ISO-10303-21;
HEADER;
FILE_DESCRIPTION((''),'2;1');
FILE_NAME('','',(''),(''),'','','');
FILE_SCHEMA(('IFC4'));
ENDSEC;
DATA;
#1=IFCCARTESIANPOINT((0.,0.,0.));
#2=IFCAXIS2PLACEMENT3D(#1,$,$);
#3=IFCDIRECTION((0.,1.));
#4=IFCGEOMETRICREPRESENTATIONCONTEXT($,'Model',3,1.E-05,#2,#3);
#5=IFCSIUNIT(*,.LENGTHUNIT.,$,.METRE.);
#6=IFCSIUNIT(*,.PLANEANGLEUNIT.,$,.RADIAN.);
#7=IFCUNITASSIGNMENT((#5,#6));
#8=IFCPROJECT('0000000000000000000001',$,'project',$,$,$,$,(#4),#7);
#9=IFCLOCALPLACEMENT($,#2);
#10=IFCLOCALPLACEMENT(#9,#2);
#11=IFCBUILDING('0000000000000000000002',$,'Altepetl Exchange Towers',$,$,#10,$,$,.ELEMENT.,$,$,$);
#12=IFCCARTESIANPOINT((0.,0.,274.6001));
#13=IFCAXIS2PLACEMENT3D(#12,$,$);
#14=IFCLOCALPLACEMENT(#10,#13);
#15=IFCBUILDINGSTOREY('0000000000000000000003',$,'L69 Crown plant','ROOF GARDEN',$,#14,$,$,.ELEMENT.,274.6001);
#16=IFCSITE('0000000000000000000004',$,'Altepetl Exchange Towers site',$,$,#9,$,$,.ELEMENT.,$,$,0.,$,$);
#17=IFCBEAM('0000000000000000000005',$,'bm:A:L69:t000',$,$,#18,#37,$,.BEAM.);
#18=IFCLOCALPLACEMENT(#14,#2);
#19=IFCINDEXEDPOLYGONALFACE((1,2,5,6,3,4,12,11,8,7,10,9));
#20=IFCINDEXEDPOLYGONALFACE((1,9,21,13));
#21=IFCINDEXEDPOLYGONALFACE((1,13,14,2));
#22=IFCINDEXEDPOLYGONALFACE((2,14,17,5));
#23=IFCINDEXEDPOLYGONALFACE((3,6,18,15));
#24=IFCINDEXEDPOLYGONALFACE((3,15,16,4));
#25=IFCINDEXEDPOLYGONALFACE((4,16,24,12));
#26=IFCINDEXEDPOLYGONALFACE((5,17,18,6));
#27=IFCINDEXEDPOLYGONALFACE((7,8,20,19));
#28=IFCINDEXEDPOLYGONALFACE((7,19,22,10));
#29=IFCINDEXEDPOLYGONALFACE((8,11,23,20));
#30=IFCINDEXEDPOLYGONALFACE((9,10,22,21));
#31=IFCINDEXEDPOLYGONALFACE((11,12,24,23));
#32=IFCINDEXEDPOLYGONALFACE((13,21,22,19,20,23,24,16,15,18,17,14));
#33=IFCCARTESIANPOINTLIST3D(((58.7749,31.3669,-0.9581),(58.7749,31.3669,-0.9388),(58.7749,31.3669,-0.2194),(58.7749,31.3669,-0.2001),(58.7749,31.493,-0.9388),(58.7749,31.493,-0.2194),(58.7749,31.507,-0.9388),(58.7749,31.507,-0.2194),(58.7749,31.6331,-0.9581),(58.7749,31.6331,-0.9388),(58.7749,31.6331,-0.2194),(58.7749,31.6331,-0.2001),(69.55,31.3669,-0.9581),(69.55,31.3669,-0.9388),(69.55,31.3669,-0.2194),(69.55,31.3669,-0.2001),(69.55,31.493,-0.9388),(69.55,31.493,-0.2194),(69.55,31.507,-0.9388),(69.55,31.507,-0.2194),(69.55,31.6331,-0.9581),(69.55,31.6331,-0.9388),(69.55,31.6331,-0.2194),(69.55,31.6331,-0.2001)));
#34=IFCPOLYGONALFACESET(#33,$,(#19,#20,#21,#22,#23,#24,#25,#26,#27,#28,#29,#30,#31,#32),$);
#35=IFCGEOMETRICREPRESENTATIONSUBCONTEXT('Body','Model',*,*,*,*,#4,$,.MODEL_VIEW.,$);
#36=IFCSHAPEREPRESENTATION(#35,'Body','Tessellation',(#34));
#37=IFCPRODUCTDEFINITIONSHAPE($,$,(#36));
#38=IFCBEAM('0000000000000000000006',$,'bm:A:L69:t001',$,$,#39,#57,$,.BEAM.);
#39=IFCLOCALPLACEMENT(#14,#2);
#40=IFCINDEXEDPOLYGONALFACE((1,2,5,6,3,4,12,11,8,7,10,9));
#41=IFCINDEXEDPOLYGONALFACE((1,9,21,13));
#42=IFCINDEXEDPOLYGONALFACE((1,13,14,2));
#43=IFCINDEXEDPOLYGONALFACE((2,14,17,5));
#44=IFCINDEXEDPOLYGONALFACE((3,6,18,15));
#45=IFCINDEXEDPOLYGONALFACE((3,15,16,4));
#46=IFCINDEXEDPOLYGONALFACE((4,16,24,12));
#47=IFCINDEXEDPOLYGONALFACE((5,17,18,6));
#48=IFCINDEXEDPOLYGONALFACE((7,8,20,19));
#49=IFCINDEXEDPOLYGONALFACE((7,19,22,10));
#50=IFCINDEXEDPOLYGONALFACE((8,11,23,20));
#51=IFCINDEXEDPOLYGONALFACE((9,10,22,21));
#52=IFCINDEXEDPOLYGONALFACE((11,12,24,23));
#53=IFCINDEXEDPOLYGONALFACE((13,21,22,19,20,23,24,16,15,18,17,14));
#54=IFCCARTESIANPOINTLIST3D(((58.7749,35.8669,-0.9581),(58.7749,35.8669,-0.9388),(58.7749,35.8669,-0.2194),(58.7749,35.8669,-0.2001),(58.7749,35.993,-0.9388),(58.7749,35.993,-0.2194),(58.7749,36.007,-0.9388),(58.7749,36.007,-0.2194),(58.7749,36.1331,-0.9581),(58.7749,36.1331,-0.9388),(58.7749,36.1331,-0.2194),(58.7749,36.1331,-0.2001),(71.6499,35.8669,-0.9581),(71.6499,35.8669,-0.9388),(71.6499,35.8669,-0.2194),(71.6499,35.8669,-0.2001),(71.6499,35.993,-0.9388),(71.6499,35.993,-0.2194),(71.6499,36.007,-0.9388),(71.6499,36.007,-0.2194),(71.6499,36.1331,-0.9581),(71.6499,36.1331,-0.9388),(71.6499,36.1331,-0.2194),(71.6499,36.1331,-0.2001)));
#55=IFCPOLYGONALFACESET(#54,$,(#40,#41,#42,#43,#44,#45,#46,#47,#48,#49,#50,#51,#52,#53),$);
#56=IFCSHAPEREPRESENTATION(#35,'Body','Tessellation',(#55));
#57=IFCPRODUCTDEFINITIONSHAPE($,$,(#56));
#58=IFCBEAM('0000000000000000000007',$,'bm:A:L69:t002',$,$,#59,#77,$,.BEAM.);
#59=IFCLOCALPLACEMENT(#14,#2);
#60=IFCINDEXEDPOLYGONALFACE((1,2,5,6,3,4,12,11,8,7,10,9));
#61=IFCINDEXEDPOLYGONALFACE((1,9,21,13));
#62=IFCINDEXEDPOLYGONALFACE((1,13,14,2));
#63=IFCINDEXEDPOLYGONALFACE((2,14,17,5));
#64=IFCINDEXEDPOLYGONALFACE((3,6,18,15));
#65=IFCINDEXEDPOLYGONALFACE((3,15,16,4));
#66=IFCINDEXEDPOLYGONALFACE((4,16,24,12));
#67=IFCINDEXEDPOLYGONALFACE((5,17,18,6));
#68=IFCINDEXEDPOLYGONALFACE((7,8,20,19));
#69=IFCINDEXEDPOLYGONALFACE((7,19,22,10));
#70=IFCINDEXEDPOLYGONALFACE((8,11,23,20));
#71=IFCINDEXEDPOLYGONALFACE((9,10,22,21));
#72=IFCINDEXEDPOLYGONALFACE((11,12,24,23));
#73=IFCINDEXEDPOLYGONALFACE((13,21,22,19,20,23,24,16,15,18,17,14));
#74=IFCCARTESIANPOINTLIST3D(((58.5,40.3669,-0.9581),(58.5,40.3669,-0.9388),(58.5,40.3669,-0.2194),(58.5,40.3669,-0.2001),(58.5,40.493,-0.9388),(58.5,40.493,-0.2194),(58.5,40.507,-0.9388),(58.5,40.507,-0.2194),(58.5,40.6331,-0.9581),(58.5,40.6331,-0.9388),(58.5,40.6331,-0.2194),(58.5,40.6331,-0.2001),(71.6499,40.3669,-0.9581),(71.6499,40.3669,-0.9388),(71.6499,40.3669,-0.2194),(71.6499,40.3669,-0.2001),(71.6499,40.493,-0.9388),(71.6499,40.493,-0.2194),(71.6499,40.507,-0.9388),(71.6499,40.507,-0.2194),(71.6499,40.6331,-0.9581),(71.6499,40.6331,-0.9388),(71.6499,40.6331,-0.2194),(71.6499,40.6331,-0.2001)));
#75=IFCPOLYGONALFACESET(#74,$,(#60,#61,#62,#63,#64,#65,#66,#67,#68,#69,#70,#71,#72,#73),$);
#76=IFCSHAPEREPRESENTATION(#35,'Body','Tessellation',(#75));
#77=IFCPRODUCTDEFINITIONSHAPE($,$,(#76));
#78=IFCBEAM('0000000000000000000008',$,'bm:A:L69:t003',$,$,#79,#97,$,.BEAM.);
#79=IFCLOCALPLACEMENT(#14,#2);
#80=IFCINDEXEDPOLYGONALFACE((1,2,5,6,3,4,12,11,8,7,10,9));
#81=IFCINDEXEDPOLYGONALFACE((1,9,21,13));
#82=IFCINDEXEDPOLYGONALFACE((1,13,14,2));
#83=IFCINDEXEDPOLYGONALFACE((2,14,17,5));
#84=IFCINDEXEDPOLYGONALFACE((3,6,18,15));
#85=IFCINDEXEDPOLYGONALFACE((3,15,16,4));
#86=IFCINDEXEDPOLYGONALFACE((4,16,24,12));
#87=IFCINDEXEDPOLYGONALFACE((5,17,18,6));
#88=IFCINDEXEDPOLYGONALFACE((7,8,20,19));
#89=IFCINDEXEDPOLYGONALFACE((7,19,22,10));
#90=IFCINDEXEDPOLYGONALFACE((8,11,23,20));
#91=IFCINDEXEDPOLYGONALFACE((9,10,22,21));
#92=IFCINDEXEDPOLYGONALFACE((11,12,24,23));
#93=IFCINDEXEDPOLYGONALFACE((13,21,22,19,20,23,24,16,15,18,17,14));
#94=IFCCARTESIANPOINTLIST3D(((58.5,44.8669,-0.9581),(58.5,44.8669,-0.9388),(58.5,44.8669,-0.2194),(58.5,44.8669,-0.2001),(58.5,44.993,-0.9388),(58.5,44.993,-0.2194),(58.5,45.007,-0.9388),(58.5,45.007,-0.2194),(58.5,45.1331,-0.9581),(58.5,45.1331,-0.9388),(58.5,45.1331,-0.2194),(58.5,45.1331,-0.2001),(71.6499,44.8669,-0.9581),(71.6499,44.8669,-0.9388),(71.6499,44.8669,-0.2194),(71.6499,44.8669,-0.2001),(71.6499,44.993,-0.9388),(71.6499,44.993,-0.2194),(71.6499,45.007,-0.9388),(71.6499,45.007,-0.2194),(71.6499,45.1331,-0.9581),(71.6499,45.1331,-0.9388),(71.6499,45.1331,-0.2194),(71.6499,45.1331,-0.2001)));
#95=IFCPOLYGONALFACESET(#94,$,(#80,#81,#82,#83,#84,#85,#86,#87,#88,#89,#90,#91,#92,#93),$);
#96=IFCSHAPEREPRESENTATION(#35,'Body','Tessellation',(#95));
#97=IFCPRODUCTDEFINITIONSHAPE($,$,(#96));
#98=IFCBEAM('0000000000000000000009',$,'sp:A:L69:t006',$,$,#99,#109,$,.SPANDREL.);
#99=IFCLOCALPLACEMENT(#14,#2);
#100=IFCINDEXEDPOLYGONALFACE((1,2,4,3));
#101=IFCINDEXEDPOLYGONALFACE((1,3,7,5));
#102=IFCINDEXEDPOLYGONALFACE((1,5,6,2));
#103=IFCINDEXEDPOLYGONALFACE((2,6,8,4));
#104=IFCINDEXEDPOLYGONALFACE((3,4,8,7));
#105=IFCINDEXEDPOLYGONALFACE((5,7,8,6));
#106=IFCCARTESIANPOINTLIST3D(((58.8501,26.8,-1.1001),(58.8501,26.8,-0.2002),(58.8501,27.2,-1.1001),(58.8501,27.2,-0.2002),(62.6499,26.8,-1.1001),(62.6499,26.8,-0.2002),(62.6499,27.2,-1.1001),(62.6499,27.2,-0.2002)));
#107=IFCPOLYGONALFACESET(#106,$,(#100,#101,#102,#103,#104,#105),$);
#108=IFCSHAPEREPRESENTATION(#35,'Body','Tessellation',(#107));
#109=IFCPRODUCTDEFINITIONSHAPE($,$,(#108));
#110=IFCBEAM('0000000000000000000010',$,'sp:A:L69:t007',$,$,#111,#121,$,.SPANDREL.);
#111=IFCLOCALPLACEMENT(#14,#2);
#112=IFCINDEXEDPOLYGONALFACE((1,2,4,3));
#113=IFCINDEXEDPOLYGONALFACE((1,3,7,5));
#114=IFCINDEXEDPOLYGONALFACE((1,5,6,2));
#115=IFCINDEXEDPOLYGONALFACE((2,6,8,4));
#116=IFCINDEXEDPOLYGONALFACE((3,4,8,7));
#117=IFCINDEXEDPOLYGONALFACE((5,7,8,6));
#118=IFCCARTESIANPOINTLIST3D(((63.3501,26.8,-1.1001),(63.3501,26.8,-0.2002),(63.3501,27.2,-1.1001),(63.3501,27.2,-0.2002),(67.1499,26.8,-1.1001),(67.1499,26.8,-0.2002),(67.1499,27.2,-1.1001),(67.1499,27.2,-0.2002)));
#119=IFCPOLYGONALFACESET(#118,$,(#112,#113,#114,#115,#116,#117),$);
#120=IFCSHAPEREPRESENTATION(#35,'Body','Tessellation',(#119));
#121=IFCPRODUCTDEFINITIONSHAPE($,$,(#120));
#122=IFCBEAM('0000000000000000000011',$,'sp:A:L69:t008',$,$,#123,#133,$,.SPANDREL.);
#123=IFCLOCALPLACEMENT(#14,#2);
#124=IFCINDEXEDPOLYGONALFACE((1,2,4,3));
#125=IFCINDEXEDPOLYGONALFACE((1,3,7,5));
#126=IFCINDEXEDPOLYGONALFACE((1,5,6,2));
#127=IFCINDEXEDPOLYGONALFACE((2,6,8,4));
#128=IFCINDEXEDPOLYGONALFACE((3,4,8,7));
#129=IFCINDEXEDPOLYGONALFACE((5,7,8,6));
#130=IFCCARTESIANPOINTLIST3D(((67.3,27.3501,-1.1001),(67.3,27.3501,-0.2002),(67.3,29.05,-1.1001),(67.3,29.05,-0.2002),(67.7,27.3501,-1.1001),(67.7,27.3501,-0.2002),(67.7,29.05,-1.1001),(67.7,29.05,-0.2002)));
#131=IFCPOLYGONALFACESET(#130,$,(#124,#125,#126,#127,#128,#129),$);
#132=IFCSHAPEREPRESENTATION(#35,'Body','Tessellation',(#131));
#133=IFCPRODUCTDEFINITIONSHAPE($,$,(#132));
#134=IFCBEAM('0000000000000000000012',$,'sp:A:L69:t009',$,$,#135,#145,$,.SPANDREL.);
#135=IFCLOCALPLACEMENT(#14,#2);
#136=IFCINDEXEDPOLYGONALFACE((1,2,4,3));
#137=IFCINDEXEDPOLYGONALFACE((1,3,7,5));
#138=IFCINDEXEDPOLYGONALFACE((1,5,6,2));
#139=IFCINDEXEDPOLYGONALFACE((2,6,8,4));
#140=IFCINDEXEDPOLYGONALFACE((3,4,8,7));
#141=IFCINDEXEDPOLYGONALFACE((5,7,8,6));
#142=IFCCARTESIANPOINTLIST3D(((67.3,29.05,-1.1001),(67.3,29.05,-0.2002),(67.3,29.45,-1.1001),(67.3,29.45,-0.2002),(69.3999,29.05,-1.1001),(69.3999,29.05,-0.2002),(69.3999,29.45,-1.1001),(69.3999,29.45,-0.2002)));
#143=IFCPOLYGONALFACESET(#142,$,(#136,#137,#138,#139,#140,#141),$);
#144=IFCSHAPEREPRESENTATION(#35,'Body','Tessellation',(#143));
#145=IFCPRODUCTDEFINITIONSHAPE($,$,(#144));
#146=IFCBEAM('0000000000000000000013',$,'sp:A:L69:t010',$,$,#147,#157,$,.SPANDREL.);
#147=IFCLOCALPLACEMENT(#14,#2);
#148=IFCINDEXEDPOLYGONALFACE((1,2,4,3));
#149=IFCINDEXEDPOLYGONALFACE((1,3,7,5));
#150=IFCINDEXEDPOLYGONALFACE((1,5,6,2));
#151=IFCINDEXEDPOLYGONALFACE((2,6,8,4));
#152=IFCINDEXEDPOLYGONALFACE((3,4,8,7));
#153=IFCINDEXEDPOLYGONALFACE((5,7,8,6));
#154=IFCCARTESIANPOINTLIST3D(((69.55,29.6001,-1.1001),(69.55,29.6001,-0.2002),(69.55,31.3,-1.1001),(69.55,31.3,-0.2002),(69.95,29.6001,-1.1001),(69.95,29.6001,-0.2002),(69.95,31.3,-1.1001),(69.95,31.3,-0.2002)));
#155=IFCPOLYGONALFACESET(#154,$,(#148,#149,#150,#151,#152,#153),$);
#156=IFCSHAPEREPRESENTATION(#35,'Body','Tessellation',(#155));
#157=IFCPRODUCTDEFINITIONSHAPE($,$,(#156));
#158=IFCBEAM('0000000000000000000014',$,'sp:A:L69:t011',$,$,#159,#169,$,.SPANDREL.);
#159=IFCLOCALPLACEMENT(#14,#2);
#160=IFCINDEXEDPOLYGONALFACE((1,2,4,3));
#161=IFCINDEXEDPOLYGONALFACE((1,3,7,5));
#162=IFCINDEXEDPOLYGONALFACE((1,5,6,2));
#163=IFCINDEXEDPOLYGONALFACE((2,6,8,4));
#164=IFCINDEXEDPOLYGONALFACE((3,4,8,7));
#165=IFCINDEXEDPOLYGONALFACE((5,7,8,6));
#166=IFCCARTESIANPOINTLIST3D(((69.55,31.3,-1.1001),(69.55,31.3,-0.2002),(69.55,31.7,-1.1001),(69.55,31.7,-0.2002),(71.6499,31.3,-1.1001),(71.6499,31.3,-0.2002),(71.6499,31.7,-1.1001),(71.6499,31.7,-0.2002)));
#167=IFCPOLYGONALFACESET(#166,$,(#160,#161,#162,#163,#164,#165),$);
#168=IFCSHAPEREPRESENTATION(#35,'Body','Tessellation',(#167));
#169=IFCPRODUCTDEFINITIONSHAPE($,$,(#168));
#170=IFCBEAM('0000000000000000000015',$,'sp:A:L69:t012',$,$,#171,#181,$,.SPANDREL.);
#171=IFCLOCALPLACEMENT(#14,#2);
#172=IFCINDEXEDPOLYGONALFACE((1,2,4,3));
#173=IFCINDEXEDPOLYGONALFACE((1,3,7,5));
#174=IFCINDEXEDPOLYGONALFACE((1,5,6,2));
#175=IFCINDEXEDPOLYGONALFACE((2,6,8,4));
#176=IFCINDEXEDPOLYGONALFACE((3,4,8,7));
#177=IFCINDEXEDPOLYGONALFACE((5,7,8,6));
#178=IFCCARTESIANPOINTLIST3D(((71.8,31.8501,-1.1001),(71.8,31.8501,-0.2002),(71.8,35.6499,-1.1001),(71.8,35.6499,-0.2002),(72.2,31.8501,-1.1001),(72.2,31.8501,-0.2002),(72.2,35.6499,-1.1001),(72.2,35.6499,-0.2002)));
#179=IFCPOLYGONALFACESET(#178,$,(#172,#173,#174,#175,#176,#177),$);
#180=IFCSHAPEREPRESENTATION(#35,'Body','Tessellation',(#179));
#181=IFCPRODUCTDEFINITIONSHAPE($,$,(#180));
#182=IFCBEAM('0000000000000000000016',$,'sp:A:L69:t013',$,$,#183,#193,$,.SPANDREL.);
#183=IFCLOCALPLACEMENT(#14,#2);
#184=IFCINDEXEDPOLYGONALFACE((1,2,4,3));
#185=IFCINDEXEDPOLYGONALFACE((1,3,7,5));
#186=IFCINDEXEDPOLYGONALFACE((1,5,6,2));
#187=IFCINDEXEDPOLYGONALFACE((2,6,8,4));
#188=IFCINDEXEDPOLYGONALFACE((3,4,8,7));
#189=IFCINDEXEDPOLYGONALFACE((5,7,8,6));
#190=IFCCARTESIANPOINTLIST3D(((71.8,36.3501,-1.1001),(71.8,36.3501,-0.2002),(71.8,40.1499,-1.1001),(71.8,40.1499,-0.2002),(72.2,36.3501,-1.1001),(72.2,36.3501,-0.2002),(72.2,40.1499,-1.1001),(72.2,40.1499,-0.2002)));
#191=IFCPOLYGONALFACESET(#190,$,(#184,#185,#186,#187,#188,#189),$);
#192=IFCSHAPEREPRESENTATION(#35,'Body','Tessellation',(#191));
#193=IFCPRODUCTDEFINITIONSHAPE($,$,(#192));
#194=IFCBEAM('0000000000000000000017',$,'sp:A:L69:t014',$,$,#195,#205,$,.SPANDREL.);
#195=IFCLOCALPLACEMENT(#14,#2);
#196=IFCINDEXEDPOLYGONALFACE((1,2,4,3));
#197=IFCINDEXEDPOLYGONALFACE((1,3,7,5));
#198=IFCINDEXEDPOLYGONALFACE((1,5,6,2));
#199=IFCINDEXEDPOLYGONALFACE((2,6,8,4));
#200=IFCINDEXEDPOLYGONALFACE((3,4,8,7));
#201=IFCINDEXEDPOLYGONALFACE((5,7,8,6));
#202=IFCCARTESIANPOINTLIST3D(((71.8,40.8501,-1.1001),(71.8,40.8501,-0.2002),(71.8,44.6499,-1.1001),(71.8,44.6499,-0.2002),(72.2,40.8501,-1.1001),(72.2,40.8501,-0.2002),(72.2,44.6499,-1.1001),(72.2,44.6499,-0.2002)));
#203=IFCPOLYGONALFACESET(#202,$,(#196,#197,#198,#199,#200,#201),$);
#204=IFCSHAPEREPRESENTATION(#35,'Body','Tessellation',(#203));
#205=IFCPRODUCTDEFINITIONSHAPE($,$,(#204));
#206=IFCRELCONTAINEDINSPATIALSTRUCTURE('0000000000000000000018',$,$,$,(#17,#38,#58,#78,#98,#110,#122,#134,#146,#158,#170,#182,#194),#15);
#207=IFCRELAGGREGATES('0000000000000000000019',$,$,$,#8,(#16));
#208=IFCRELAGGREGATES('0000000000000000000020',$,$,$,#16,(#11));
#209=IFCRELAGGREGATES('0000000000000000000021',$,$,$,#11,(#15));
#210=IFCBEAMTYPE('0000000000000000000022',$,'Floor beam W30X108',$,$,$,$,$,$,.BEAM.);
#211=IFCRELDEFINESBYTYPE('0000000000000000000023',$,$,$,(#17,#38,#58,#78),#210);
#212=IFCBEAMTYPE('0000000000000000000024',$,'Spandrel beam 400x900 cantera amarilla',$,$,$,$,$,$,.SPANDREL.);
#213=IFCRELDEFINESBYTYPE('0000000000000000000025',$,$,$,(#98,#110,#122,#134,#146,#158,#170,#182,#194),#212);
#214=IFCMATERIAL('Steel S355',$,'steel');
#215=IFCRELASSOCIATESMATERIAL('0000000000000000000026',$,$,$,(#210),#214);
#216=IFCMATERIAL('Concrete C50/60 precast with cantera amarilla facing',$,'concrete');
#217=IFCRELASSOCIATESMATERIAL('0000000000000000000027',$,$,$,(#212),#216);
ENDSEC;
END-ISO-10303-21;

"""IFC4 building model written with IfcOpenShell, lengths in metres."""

from ifc_helpers import new_model, si_unit, direction, frame, origin, origin_2d, place, context, subcontext, project, spatial, rectangle, i_section, extrude, material, material_profile, profile_set, type_object, element, save


model = new_model("IFC4")

# Units and contexts
model_context = context("Model", 3, precision=1e-05, world=origin(), true_north=direction((0.0, 1.0)))
body_context = subcontext(model_context, "Body", "Model", "MODEL_VIEW")
ifc_project = project(units=[si_unit("LENGTHUNIT", "METRE"), si_unit("PLANEANGLEUNIT", "RADIAN")], contexts=[model_context])

# Site, building, storey
site_placement = place(None, origin())
site = spatial("IfcSite", under=ifc_project, at=site_placement, Name="Altepetl Exchange Towers site", CompositionType="ELEMENT", RefElevation=0.0)
building_placement = place(site_placement, origin())
building = spatial("IfcBuilding", under=site, at=building_placement, Name="Altepetl Exchange Towers", CompositionType="ELEMENT")
storey_placement = place(building_placement, frame((0.0, 0.0, 274.6001)))
storey = spatial("IfcBuildingStorey", under=building, at=storey_placement, Name="L69 Crown plant", Description="ROOF GARDEN", CompositionType="ELEMENT", Elevation=274.6001)

# Beams
ifc_material_1 = material(Name="Steel S355", Category="steel")
ifc_material_profile_1 = material_profile(ifc_material_1, i_section(OverallWidth=0.2661, OverallDepth=0.7581, WebThickness=0.0139, FlangeThickness=0.0193, at=origin_2d()), Name="W30X108")
ifc_profile_set_1 = profile_set([ifc_material_profile_1], Name="Steel S355")
beam_type_1 = type_object("IfcBeamType", Name="Floor beam W30X108", PredefinedType="BEAM", material=ifc_profile_set_1)
beam_1_placement = place(storey_placement, frame((58.7749, 31.5, -0.5791), z_axis=(1.0, 0.0, 0.0), x_axis=(0.0, 1.0, 0.0)))
element("IfcBeam", 1, at=beam_1_placement, inside=storey, type_object=beam_type_1, Name="bm:A:L69:t000", PredefinedType="BEAM", context=body_context, shape_type="SweptSolid", body=[
    extrude(i_section(OverallWidth=0.2661, OverallDepth=0.7581, WebThickness=0.0139, FlangeThickness=0.0193, at=origin_2d()), origin(), (0.0, 0.0, 1.0), 10.7751),
])
beam_2_placement = place(storey_placement, frame((58.7749, 36.0, -0.5791), z_axis=(1.0, 0.0, 0.0), x_axis=(0.0, 1.0, 0.0)))
element("IfcBeam", 2, at=beam_2_placement, inside=storey, type_object=beam_type_1, Name="bm:A:L69:t001", PredefinedType="BEAM", context=body_context, shape_type="SweptSolid", body=[
    extrude(i_section(OverallWidth=0.2661, OverallDepth=0.7581, WebThickness=0.0139, FlangeThickness=0.0193, at=origin_2d()), origin(), (0.0, 0.0, 1.0), 12.875),
])
for number, where, z_axis, x_axis, name in (
    (3, (58.5, 40.5, -0.5791), (1.0, 0.0, 0.0), (0.0, 1.0, 0.0), "bm:A:L69:t002"),
    (4, (58.5, 45.0, -0.5791), (1.0, 0.0, 0.0), (0.0, 1.0, 0.0), "bm:A:L69:t003"),
):
    element("IfcBeam", number, at=place(storey_placement, frame(where, z_axis=z_axis, x_axis=x_axis)), inside=storey, type_object=beam_type_1, Name=name, PredefinedType="BEAM", context=body_context, shape_type="SweptSolid", body=[
        extrude(i_section(OverallWidth=0.2661, OverallDepth=0.7581, WebThickness=0.0139, FlangeThickness=0.0193, at=origin_2d()), origin(), (0.0, 0.0, 1.0), 13.1499),
    ])
ifc_material_2 = material(Name="Concrete C50/60 precast with cantera amarilla facing", Category="concrete")
ifc_material_profile_2 = material_profile(ifc_material_2, rectangle(XDim=0.3999, YDim=0.8999, at=origin_2d()), Name="400 x 900")
ifc_profile_set_2 = profile_set([ifc_material_profile_2], Name="Concrete C50/60 precast with cantera amarilla facing")
beam_type_2 = type_object("IfcBeamType", Name="Spandrel beam 400x900 cantera amarilla", PredefinedType="SPANDREL", material=ifc_profile_set_2)
for number, where, z_axis, x_axis, name in (
    (5, (58.8501, 27.0, -0.6501), (1.0, 0.0, 0.0), (0.0, 1.0, 0.0), "sp:A:L69:t006"),
    (6, (63.3501, 27.0, -0.6501), (1.0, 0.0, 0.0), (0.0, 1.0, 0.0), "sp:A:L69:t007"),
):
    element("IfcBeam", number, at=place(storey_placement, frame(where, z_axis=z_axis, x_axis=x_axis)), inside=storey, type_object=beam_type_2, Name=name, PredefinedType="SPANDREL", context=body_context, shape_type="SweptSolid", body=[
        extrude(rectangle(XDim=0.3999, YDim=0.8999, at=origin_2d()), origin(), (0.0, 0.0, 1.0), 3.7998),
    ])
beam_3_placement = place(storey_placement, frame((67.5, 27.3501, -0.6501), z_axis=(0.0, 1.0, 0.0), x_axis=(-1.0, 0.0, 0.0)))
element("IfcBeam", 7, at=beam_3_placement, inside=storey, type_object=beam_type_2, Name="sp:A:L69:t008", PredefinedType="SPANDREL", context=body_context, shape_type="SweptSolid", body=[
    extrude(rectangle(XDim=0.3999, YDim=0.8999, at=origin_2d()), origin(), (0.0, 0.0, 1.0), 1.7),
])
beam_4_placement = place(storey_placement, frame((67.3, 29.25, -0.6501), z_axis=(1.0, 0.0, 0.0), x_axis=(0.0, 1.0, 0.0)))
element("IfcBeam", 8, at=beam_4_placement, inside=storey, type_object=beam_type_2, Name="sp:A:L69:t009", PredefinedType="SPANDREL", context=body_context, shape_type="SweptSolid", body=[
    extrude(rectangle(XDim=0.3999, YDim=0.8999, at=origin_2d()), origin(), (0.0, 0.0, 1.0), 2.0999),
])
beam_5_placement = place(storey_placement, frame((69.75, 29.6001, -0.6501), z_axis=(0.0, 1.0, 0.0), x_axis=(-1.0, 0.0, 0.0)))
element("IfcBeam", 9, at=beam_5_placement, inside=storey, type_object=beam_type_2, Name="sp:A:L69:t010", PredefinedType="SPANDREL", context=body_context, shape_type="SweptSolid", body=[
    extrude(rectangle(XDim=0.3999, YDim=0.8999, at=origin_2d()), origin(), (0.0, 0.0, 1.0), 1.7),
])
beam_6_placement = place(storey_placement, frame((69.55, 31.5, -0.6501), z_axis=(1.0, 0.0, 0.0), x_axis=(0.0, 1.0, 0.0)))
element("IfcBeam", 10, at=beam_6_placement, inside=storey, type_object=beam_type_2, Name="sp:A:L69:t011", PredefinedType="SPANDREL", context=body_context, shape_type="SweptSolid", body=[
    extrude(rectangle(XDim=0.3999, YDim=0.8999, at=origin_2d()), origin(), (0.0, 0.0, 1.0), 2.0999),
])
for number, where, z_axis, x_axis, name in (
    (11, (72.0, 31.8501, -0.6501), (0.0, 1.0, 0.0), (-1.0, 0.0, 0.0), "sp:A:L69:t012"),
    (12, (72.0, 36.3501, -0.6501), (0.0, 1.0, 0.0), (-1.0, 0.0, 0.0), "sp:A:L69:t013"),
    (13, (72.0, 40.8501, -0.6501), (0.0, 1.0, 0.0), (-1.0, 0.0, 0.0), "sp:A:L69:t014"),
):
    element("IfcBeam", number, at=place(storey_placement, frame(where, z_axis=z_axis, x_axis=x_axis)), inside=storey, type_object=beam_type_2, Name=name, PredefinedType="SPANDREL", context=body_context, shape_type="SweptSolid", body=[
        extrude(rectangle(XDim=0.3999, YDim=0.8999, at=origin_2d()), origin(), (0.0, 0.0, 1.0), 3.7998),
    ])

save(model, "model.ifc")
